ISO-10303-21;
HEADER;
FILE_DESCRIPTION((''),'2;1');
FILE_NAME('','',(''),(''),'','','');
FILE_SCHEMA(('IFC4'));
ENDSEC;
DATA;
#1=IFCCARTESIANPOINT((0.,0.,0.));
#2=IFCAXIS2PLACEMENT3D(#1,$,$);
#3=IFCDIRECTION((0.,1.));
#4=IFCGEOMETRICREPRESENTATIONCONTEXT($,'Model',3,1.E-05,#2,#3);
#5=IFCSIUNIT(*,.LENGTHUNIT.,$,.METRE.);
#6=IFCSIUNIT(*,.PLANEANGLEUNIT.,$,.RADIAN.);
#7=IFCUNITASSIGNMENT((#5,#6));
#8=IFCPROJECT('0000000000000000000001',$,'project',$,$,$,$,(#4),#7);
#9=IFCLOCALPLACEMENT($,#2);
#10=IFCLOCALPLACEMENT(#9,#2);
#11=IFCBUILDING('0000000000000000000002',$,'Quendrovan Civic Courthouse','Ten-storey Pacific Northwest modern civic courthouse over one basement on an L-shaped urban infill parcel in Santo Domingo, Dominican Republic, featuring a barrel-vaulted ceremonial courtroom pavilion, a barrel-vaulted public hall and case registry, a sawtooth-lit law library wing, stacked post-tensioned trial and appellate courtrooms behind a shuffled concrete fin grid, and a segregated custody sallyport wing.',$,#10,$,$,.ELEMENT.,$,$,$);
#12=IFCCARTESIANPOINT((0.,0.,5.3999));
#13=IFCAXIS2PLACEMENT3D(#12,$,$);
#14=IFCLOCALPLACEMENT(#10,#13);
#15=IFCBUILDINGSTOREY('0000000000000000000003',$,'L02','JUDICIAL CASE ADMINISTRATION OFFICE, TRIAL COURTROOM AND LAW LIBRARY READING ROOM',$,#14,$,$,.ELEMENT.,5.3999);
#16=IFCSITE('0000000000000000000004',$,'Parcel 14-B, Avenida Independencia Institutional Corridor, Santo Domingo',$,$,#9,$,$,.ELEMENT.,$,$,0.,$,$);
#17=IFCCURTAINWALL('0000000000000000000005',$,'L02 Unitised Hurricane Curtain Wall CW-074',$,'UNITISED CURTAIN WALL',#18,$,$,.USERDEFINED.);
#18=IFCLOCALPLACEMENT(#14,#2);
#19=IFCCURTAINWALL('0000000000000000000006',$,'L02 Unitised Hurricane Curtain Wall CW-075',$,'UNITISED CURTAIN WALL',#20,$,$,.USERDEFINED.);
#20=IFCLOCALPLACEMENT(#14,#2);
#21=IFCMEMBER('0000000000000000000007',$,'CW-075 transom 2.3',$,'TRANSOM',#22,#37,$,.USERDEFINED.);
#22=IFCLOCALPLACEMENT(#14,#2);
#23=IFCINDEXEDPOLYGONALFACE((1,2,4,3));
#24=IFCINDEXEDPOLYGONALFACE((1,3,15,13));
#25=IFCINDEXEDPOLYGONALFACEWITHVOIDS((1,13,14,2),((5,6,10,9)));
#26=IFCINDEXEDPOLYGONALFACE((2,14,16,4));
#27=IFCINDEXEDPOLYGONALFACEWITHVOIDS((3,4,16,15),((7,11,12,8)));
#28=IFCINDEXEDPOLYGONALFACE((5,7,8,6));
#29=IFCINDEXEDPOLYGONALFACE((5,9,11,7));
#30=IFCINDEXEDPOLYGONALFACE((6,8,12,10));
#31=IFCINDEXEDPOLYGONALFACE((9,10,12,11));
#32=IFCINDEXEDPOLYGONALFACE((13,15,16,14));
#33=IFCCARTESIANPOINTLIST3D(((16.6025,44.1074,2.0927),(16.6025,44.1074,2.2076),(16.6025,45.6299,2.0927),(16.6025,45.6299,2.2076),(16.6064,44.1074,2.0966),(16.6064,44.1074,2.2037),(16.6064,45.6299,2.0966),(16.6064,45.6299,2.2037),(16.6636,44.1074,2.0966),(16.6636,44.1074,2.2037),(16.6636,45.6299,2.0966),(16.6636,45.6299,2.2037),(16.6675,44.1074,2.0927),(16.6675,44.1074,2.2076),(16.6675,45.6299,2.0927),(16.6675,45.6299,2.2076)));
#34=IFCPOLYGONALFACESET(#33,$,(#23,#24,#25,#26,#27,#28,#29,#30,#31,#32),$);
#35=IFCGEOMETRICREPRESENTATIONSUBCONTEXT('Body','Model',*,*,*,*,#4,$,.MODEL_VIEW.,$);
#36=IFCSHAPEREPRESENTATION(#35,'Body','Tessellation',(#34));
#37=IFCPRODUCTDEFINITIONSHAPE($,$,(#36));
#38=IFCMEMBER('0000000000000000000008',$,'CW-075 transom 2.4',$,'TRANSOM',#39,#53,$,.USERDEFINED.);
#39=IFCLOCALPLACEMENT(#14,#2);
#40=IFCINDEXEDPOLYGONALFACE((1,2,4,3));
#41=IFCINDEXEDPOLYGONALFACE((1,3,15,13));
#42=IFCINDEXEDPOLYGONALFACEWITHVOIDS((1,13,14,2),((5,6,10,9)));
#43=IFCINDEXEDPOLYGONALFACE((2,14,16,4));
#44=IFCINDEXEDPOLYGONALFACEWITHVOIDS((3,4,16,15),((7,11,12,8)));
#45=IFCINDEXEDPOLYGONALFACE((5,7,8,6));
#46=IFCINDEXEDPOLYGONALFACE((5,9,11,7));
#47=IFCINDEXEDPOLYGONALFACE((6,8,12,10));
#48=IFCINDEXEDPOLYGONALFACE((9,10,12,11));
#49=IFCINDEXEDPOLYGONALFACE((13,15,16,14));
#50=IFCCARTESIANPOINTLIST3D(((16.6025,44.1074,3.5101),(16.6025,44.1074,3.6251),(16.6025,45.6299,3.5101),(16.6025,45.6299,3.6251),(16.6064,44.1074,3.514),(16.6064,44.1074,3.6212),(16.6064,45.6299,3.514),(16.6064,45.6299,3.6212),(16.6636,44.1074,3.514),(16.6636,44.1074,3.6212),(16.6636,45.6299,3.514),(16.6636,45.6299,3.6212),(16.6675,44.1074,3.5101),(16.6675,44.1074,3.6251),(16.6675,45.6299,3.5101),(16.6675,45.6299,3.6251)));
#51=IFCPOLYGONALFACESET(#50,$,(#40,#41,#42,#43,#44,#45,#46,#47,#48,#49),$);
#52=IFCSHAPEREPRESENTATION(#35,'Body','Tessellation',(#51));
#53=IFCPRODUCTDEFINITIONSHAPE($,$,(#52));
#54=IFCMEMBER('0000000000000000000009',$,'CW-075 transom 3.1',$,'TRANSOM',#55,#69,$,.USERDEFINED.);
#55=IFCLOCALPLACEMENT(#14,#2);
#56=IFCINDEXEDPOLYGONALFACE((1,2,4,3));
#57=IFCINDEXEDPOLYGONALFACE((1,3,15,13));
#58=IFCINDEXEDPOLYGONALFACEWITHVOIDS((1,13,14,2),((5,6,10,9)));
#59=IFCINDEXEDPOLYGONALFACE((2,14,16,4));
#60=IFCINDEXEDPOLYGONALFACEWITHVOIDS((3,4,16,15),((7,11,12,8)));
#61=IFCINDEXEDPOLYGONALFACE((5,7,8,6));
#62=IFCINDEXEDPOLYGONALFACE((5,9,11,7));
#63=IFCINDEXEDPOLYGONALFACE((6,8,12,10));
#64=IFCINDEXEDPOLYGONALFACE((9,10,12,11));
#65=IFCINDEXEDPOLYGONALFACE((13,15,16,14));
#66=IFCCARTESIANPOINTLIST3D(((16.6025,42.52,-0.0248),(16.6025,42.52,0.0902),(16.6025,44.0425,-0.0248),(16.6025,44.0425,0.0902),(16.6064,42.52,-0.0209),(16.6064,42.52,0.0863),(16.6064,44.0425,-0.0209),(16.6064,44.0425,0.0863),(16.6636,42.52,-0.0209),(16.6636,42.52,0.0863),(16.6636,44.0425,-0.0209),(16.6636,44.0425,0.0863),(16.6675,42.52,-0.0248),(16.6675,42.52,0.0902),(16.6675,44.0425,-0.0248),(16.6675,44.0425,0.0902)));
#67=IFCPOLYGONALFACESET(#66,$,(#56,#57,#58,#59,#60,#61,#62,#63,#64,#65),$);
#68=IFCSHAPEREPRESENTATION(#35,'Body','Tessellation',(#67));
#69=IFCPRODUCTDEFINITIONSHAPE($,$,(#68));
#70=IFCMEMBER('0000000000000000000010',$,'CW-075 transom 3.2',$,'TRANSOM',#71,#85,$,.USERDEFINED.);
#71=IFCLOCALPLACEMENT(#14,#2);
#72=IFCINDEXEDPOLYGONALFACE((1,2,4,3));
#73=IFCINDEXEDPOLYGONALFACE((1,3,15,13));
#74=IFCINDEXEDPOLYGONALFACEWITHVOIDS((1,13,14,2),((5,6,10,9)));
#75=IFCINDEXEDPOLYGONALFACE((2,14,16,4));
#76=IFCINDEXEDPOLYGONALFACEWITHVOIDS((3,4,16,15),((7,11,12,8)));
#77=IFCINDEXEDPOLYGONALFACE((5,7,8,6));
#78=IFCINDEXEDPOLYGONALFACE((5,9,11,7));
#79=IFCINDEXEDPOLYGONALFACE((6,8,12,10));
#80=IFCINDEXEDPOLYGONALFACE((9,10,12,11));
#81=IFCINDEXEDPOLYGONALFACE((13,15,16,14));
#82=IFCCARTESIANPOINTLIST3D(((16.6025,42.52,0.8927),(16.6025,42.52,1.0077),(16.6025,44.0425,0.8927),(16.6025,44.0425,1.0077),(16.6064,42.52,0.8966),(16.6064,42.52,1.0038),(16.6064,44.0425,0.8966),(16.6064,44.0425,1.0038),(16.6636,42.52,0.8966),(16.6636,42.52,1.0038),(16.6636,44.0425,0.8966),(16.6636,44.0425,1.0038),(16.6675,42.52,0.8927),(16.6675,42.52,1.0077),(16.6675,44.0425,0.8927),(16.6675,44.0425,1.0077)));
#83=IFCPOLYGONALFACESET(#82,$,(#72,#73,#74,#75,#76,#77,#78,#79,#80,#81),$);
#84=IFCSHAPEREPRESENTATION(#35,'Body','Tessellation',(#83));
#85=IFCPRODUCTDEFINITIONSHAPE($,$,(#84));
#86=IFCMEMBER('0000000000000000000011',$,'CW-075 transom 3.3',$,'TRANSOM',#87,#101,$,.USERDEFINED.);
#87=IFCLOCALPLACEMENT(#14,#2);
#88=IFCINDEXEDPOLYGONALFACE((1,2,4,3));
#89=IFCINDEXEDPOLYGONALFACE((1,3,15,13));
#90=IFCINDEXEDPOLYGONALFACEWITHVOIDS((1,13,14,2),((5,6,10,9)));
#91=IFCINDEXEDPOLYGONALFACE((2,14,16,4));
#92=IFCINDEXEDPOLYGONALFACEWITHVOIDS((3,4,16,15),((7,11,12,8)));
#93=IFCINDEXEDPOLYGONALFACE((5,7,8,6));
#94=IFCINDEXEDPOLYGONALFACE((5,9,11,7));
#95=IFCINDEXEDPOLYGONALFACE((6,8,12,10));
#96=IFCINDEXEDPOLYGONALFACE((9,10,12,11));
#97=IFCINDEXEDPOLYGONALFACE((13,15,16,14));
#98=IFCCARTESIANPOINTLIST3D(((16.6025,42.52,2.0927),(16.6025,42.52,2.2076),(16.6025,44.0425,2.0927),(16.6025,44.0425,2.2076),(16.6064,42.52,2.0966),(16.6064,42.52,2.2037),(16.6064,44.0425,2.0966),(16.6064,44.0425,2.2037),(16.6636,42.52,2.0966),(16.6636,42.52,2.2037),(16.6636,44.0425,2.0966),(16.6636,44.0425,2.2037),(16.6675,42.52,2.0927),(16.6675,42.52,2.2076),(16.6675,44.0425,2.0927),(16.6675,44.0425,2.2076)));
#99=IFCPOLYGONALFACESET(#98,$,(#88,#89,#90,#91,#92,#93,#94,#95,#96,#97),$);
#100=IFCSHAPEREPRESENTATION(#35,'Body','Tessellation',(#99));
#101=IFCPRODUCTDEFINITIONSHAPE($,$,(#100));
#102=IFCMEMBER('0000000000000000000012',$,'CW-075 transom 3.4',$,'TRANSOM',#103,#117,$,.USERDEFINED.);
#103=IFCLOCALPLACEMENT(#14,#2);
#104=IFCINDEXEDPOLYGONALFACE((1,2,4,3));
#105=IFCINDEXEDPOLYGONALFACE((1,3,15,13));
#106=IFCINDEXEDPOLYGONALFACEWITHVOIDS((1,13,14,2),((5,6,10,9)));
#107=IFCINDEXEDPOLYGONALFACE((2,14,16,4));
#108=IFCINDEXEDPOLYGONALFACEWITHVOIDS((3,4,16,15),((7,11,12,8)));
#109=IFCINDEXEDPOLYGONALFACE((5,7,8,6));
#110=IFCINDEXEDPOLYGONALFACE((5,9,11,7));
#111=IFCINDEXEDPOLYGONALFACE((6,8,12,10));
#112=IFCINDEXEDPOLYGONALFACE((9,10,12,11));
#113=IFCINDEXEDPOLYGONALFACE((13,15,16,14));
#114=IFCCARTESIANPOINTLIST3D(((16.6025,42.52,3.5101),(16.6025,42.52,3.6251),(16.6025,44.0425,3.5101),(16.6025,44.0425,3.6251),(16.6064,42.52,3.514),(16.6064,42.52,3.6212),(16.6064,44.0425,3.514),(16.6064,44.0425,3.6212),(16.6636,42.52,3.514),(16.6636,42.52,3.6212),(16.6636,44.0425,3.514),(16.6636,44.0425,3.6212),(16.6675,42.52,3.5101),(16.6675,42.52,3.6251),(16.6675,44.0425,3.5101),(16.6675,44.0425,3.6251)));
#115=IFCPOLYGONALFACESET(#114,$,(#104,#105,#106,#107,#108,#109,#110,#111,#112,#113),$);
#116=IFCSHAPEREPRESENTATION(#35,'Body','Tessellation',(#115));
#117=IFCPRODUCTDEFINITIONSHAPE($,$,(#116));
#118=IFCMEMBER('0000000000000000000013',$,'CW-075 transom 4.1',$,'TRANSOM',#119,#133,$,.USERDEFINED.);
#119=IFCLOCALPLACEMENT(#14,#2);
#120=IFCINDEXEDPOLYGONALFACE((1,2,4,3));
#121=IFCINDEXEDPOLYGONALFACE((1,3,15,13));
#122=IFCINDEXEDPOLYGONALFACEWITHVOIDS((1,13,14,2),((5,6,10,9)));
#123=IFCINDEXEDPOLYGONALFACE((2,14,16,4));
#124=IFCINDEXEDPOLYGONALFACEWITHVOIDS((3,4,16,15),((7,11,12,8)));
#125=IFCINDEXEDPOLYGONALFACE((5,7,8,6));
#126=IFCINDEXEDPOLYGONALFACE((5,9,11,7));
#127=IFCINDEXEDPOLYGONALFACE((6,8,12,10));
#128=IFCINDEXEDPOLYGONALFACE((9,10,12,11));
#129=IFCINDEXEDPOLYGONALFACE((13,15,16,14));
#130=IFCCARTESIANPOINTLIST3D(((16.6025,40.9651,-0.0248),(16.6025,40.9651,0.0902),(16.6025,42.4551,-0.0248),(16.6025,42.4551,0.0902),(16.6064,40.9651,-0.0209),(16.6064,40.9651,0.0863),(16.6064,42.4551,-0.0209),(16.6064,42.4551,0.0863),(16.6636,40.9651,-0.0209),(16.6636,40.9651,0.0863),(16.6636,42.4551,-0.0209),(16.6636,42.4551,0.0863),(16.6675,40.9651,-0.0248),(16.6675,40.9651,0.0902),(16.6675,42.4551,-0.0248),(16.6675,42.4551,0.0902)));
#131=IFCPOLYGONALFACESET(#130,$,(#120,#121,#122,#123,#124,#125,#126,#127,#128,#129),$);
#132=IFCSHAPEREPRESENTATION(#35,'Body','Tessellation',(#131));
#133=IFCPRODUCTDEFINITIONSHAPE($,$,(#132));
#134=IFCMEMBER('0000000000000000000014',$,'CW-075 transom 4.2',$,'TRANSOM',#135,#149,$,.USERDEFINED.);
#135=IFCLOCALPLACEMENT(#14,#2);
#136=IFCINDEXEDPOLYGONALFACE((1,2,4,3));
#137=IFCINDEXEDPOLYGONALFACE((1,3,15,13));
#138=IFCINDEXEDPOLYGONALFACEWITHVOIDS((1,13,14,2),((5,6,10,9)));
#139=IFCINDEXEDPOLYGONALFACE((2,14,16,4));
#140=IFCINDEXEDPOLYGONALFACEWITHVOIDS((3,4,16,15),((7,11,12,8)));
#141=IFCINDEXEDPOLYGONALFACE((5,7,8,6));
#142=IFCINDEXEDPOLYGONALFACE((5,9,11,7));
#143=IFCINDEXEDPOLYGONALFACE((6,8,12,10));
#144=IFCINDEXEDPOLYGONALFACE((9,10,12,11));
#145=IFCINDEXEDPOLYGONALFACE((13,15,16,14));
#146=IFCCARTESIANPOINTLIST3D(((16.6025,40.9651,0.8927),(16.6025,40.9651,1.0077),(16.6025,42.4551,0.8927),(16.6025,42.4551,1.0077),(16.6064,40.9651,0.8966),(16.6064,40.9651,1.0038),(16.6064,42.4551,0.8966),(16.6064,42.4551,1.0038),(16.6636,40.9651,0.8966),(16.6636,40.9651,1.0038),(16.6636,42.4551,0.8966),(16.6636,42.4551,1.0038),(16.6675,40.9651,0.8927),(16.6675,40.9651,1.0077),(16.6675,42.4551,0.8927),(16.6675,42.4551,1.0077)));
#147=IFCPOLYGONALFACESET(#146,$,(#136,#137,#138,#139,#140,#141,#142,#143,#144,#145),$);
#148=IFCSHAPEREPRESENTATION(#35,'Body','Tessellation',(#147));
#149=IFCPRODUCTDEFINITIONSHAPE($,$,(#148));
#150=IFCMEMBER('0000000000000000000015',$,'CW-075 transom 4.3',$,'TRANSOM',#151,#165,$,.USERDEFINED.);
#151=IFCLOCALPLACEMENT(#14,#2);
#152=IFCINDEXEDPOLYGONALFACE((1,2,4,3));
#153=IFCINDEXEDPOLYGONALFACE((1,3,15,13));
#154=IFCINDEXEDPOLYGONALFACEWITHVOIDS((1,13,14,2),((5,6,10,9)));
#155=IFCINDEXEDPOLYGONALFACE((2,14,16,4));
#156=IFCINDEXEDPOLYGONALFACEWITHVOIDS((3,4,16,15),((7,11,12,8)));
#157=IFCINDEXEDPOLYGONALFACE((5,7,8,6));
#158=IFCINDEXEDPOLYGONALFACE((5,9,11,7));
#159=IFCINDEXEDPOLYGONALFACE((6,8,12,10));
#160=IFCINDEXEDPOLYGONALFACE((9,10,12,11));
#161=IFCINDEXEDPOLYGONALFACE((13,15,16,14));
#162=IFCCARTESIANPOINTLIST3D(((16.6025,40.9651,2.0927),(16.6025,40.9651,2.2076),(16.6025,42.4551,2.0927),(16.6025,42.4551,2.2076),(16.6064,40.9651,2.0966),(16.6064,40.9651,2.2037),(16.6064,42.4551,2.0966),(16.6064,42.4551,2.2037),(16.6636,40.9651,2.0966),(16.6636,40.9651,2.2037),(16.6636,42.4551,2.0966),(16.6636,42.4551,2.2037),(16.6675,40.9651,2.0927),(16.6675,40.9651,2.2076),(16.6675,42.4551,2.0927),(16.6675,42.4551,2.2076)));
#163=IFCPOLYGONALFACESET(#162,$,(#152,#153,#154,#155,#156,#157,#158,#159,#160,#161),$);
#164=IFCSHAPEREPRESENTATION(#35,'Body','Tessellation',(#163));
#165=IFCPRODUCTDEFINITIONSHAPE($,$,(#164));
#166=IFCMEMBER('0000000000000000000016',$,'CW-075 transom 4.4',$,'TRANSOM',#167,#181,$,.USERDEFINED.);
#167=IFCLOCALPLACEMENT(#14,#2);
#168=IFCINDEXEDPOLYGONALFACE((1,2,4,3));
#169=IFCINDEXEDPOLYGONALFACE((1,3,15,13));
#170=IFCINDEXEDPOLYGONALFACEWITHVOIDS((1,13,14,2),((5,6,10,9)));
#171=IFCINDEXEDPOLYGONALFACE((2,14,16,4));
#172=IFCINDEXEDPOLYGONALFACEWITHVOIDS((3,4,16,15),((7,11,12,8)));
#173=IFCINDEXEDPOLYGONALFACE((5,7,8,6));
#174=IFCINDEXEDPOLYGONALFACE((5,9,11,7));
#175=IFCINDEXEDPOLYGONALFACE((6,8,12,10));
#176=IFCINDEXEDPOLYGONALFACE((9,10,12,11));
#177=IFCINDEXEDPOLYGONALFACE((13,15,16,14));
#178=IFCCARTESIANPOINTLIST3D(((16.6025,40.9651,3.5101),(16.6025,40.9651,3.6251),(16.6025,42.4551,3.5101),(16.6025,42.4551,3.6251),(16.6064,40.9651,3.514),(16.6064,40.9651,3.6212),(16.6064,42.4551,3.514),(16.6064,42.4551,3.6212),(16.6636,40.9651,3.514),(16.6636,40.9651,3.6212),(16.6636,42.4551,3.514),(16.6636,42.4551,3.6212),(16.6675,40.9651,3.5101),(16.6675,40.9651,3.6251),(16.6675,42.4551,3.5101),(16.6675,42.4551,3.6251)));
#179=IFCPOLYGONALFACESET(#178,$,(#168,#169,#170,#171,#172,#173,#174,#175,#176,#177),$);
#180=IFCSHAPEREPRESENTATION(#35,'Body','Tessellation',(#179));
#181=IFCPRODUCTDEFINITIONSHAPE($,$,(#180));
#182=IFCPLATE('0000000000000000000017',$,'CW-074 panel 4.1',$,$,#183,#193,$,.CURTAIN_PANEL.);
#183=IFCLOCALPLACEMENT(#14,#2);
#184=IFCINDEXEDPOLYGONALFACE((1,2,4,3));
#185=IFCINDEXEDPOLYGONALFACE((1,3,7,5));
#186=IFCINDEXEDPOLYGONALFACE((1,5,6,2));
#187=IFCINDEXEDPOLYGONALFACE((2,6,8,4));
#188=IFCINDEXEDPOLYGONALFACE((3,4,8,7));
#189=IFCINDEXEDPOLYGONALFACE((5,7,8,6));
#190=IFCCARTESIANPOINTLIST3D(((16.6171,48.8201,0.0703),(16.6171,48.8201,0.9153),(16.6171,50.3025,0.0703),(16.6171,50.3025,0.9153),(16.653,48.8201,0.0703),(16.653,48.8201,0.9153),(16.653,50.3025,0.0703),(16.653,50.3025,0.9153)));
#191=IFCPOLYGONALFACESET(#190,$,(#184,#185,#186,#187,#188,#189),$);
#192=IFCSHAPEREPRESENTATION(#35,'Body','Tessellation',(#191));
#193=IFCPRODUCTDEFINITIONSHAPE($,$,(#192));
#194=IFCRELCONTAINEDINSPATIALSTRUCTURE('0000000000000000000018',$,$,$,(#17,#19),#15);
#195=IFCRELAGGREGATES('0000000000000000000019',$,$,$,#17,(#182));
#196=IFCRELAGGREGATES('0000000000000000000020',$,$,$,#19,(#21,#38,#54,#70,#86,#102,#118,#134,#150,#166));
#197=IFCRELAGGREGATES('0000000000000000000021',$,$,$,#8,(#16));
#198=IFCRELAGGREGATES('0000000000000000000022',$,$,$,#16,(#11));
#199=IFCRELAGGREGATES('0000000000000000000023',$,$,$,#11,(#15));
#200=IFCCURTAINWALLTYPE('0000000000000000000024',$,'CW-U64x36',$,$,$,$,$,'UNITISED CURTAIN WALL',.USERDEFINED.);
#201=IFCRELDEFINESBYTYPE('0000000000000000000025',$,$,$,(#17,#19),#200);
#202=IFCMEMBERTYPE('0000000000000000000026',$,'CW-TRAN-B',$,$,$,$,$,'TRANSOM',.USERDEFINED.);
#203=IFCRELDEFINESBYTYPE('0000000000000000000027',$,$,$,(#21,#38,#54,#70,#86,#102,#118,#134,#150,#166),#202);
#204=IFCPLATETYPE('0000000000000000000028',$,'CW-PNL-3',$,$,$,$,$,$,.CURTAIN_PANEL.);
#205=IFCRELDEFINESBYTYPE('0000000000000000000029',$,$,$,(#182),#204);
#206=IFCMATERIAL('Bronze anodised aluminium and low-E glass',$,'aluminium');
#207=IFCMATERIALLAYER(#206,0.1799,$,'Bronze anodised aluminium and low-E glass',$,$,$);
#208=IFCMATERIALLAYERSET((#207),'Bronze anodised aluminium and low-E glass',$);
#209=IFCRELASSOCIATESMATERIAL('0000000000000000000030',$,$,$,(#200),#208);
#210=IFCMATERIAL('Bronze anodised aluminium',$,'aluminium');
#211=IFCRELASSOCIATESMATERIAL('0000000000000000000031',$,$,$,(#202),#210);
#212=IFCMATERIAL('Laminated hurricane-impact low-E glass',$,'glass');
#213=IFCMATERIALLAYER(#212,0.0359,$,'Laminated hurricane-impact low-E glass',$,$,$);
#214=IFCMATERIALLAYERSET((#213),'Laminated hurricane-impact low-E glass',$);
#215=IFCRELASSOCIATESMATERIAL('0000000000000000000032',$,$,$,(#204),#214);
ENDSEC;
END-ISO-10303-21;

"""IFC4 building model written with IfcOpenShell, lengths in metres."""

from ifc_helpers import new_model, si_unit, direction, frame, origin, origin_2d, place, context, subcontext, project, spatial, rectangle, hollow_rectangle, extrude, material, layer, layer_set, material_profile, profile_set, type_object, element, aggregate, save


model = new_model("IFC4")

# Units and contexts
model_context = context("Model", 3, precision=1e-05, world=origin(), true_north=direction((0.0, 1.0)))
body_context = subcontext(model_context, "Body", "Model", "MODEL_VIEW")
ifc_project = project(units=[si_unit("LENGTHUNIT", "METRE"), si_unit("PLANEANGLEUNIT", "RADIAN")], contexts=[model_context])

# Site, building, storey
site_placement = place(None, origin())
site = spatial("IfcSite", under=ifc_project, at=site_placement, Name="Parcel 14-B, Avenida Independencia Institutional Corridor, Santo Domingo", CompositionType="ELEMENT", RefElevation=0.0)
building_placement = place(site_placement, origin())
building = spatial("IfcBuilding", under=site, at=building_placement, Name="Quendrovan Civic Courthouse", Description="Ten-storey Pacific Northwest modern civic courthouse over one basement on an L-shaped urban infill parcel in Santo Domingo, Dominican Republic, featuring a barrel-vaulted ceremonial courtroom pavilion, a barrel-vaulted public hall and case registry, a sawtooth-lit law library wing, stacked post-tensioned trial and appellate courtrooms behind a shuffled concrete fin grid, and a segregated custody sallyport wing.", CompositionType="ELEMENT")
storey_placement = place(building_placement, frame((0.0, 0.0, 5.3999)))
storey = spatial("IfcBuildingStorey", under=building, at=storey_placement, Name="L02", Description="JUDICIAL CASE ADMINISTRATION OFFICE, TRIAL COURTROOM AND LAW LIBRARY READING ROOM", CompositionType="ELEMENT", Elevation=5.3999)

# Curtain wall
ifc_material_1 = material(Name="Bronze anodised aluminium and low-E glass", Category="aluminium")
ifc_layer_1 = layer(ifc_material_1, 0.1799, Name="Bronze anodised aluminium and low-E glass")
ifc_layer_set_1 = layer_set([ifc_layer_1], Name="Bronze anodised aluminium and low-E glass")
curtain_wall_type = type_object("IfcCurtainWallType", Name="CW-U64x36", ElementType="UNITISED CURTAIN WALL", PredefinedType="USERDEFINED", material=ifc_layer_set_1)
curtain_wall_1_placement = place(storey_placement, origin())
curtain_wall_1 = element("IfcCurtainWall", 1, at=curtain_wall_1_placement, inside=storey, type_object=curtain_wall_type, Name="L02 Unitised Hurricane Curtain Wall CW-074", ObjectType="UNITISED CURTAIN WALL", PredefinedType="USERDEFINED")
ifc_material_2 = material(Name="Bronze anodised aluminium", Category="aluminium")

# Curtain wall, members
curtain_wall_2_placement = place(storey_placement, origin())
curtain_wall_2 = element("IfcCurtainWall", 2, at=curtain_wall_2_placement, inside=storey, type_object=curtain_wall_type, Name="L02 Unitised Hurricane Curtain Wall CW-075", ObjectType="UNITISED CURTAIN WALL", PredefinedType="USERDEFINED")
ifc_material_profile_1 = material_profile(ifc_material_2, hollow_rectangle(XDim=0.0649, YDim=0.115, WallThickness=0.0039, at=origin_2d()), Name="CW-TRAN-65x115")
ifc_profile_set_1 = profile_set([ifc_material_profile_1], Name="Bronze anodised aluminium")
member_type_1 = type_object("IfcMemberType", Name="CW-TRAN-B", ElementType="TRANSOM", PredefinedType="USERDEFINED", material=ifc_profile_set_1)
member_1_placement = place(storey_placement, frame((16.635, 45.6299, 2.1501), z_axis=(0.0, -1.0, 0.0), x_axis=(1.0, 0.0, 0.0)))
member_1 = element("IfcMember", 3, at=member_1_placement, type_object=member_type_1, Name="CW-075 transom 2.3", ObjectType="TRANSOM", PredefinedType="USERDEFINED", context=body_context, shape_type="SweptSolid", body=[
    extrude(hollow_rectangle(XDim=0.0649, YDim=0.115, WallThickness=0.0039, at=origin_2d()), origin(), (0.0, 0.0, 1.0), 1.5225),
])
member_2_placement = place(storey_placement, frame((16.635, 45.6299, 3.5676), z_axis=(0.0, -1.0, 0.0), x_axis=(1.0, 0.0, 0.0)))
member_2 = element("IfcMember", 4, at=member_2_placement, type_object=member_type_1, Name="CW-075 transom 2.4", ObjectType="TRANSOM", PredefinedType="USERDEFINED", context=body_context, shape_type="SweptSolid", body=[
    extrude(hollow_rectangle(XDim=0.0649, YDim=0.115, WallThickness=0.0039, at=origin_2d()), origin(), (0.0, 0.0, 1.0), 1.5225),
])
member_3_placement = place(storey_placement, frame((16.635, 44.0425, 0.0327), z_axis=(0.0, -1.0, 0.0), x_axis=(1.0, 0.0, 0.0)))
member_3 = element("IfcMember", 5, at=member_3_placement, type_object=member_type_1, Name="CW-075 transom 3.1", ObjectType="TRANSOM", PredefinedType="USERDEFINED", context=body_context, shape_type="SweptSolid", body=[
    extrude(hollow_rectangle(XDim=0.0649, YDim=0.115, WallThickness=0.0039, at=origin_2d()), origin(), (0.0, 0.0, 1.0), 1.5225),
])
member_4_placement = place(storey_placement, frame((16.635, 44.0425, 0.9502), z_axis=(0.0, -1.0, 0.0), x_axis=(1.0, 0.0, 0.0)))
member_4 = element("IfcMember", 6, at=member_4_placement, type_object=member_type_1, Name="CW-075 transom 3.2", ObjectType="TRANSOM", PredefinedType="USERDEFINED", context=body_context, shape_type="SweptSolid", body=[
    extrude(hollow_rectangle(XDim=0.0649, YDim=0.115, WallThickness=0.0039, at=origin_2d()), origin(), (0.0, 0.0, 1.0), 1.5225),
])
member_5_placement = place(storey_placement, frame((16.635, 44.0425, 2.1501), z_axis=(0.0, -1.0, 0.0), x_axis=(1.0, 0.0, 0.0)))
member_5 = element("IfcMember", 7, at=member_5_placement, type_object=member_type_1, Name="CW-075 transom 3.3", ObjectType="TRANSOM", PredefinedType="USERDEFINED", context=body_context, shape_type="SweptSolid", body=[
    extrude(hollow_rectangle(XDim=0.0649, YDim=0.115, WallThickness=0.0039, at=origin_2d()), origin(), (0.0, 0.0, 1.0), 1.5225),
])
member_6_placement = place(storey_placement, frame((16.635, 44.0425, 3.5676), z_axis=(0.0, -1.0, 0.0), x_axis=(1.0, 0.0, 0.0)))
member_6 = element("IfcMember", 8, at=member_6_placement, type_object=member_type_1, Name="CW-075 transom 3.4", ObjectType="TRANSOM", PredefinedType="USERDEFINED", context=body_context, shape_type="SweptSolid", body=[
    extrude(hollow_rectangle(XDim=0.0649, YDim=0.115, WallThickness=0.0039, at=origin_2d()), origin(), (0.0, 0.0, 1.0), 1.5225),
])
member_7_placement = place(storey_placement, frame((16.635, 42.4551, 0.0327), z_axis=(0.0, -1.0, 0.0), x_axis=(1.0, 0.0, 0.0)))
member_7 = element("IfcMember", 9, at=member_7_placement, type_object=member_type_1, Name="CW-075 transom 4.1", ObjectType="TRANSOM", PredefinedType="USERDEFINED", context=body_context, shape_type="SweptSolid", body=[
    extrude(hollow_rectangle(XDim=0.0649, YDim=0.115, WallThickness=0.0039, at=origin_2d()), origin(), (0.0, 0.0, 1.0), 1.49),
])
member_8_placement = place(storey_placement, frame((16.635, 42.4551, 0.9502), z_axis=(0.0, -1.0, 0.0), x_axis=(1.0, 0.0, 0.0)))
member_8 = element("IfcMember", 10, at=member_8_placement, type_object=member_type_1, Name="CW-075 transom 4.2", ObjectType="TRANSOM", PredefinedType="USERDEFINED", context=body_context, shape_type="SweptSolid", body=[
    extrude(hollow_rectangle(XDim=0.0649, YDim=0.115, WallThickness=0.0039, at=origin_2d()), origin(), (0.0, 0.0, 1.0), 1.49),
])
member_9_placement = place(storey_placement, frame((16.635, 42.4551, 2.1501), z_axis=(0.0, -1.0, 0.0), x_axis=(1.0, 0.0, 0.0)))
member_9 = element("IfcMember", 11, at=member_9_placement, type_object=member_type_1, Name="CW-075 transom 4.3", ObjectType="TRANSOM", PredefinedType="USERDEFINED", context=body_context, shape_type="SweptSolid", body=[
    extrude(hollow_rectangle(XDim=0.0649, YDim=0.115, WallThickness=0.0039, at=origin_2d()), origin(), (0.0, 0.0, 1.0), 1.49),
])
member_10_placement = place(storey_placement, frame((16.635, 42.4551, 3.5676), z_axis=(0.0, -1.0, 0.0), x_axis=(1.0, 0.0, 0.0)))
member_10 = element("IfcMember", 12, at=member_10_placement, type_object=member_type_1, Name="CW-075 transom 4.4", ObjectType="TRANSOM", PredefinedType="USERDEFINED", context=body_context, shape_type="SweptSolid", body=[
    extrude(hollow_rectangle(XDim=0.0649, YDim=0.115, WallThickness=0.0039, at=origin_2d()), origin(), (0.0, 0.0, 1.0), 1.49),
])

# Plate
ifc_material_3 = material(Name="Laminated hurricane-impact low-E glass", Category="glass")
ifc_layer_2 = layer(ifc_material_3, 0.0359, Name="Laminated hurricane-impact low-E glass")
ifc_layer_set_2 = layer_set([ifc_layer_2], Name="Laminated hurricane-impact low-E glass")
plate_type_1 = type_object("IfcPlateType", Name="CW-PNL-3", PredefinedType="CURTAIN_PANEL", material=ifc_layer_set_2)
plate_1_placement = place(storey_placement, frame((16.635, 49.5613, 0.0703), z_axis=(0.0, 0.0, 1.0), x_axis=(0.0, -1.0, 0.0)))
plate_1 = element("IfcPlate", 13, at=plate_1_placement, type_object=plate_type_1, Name="CW-074 panel 4.1", PredefinedType="CURTAIN_PANEL", context=body_context, shape_type="SweptSolid", body=[
    extrude(rectangle(XDim=1.4824, YDim=0.0359, at=origin_2d()), origin(), (0.0, 0.0, 1.0), 0.845),
])
aggregate(curtain_wall_1, [plate_1])
aggregate(curtain_wall_2, [member_1, member_2, member_3, member_4, member_5, member_6, member_7, member_8, member_9, member_10])

save(model, "model.ifc")
